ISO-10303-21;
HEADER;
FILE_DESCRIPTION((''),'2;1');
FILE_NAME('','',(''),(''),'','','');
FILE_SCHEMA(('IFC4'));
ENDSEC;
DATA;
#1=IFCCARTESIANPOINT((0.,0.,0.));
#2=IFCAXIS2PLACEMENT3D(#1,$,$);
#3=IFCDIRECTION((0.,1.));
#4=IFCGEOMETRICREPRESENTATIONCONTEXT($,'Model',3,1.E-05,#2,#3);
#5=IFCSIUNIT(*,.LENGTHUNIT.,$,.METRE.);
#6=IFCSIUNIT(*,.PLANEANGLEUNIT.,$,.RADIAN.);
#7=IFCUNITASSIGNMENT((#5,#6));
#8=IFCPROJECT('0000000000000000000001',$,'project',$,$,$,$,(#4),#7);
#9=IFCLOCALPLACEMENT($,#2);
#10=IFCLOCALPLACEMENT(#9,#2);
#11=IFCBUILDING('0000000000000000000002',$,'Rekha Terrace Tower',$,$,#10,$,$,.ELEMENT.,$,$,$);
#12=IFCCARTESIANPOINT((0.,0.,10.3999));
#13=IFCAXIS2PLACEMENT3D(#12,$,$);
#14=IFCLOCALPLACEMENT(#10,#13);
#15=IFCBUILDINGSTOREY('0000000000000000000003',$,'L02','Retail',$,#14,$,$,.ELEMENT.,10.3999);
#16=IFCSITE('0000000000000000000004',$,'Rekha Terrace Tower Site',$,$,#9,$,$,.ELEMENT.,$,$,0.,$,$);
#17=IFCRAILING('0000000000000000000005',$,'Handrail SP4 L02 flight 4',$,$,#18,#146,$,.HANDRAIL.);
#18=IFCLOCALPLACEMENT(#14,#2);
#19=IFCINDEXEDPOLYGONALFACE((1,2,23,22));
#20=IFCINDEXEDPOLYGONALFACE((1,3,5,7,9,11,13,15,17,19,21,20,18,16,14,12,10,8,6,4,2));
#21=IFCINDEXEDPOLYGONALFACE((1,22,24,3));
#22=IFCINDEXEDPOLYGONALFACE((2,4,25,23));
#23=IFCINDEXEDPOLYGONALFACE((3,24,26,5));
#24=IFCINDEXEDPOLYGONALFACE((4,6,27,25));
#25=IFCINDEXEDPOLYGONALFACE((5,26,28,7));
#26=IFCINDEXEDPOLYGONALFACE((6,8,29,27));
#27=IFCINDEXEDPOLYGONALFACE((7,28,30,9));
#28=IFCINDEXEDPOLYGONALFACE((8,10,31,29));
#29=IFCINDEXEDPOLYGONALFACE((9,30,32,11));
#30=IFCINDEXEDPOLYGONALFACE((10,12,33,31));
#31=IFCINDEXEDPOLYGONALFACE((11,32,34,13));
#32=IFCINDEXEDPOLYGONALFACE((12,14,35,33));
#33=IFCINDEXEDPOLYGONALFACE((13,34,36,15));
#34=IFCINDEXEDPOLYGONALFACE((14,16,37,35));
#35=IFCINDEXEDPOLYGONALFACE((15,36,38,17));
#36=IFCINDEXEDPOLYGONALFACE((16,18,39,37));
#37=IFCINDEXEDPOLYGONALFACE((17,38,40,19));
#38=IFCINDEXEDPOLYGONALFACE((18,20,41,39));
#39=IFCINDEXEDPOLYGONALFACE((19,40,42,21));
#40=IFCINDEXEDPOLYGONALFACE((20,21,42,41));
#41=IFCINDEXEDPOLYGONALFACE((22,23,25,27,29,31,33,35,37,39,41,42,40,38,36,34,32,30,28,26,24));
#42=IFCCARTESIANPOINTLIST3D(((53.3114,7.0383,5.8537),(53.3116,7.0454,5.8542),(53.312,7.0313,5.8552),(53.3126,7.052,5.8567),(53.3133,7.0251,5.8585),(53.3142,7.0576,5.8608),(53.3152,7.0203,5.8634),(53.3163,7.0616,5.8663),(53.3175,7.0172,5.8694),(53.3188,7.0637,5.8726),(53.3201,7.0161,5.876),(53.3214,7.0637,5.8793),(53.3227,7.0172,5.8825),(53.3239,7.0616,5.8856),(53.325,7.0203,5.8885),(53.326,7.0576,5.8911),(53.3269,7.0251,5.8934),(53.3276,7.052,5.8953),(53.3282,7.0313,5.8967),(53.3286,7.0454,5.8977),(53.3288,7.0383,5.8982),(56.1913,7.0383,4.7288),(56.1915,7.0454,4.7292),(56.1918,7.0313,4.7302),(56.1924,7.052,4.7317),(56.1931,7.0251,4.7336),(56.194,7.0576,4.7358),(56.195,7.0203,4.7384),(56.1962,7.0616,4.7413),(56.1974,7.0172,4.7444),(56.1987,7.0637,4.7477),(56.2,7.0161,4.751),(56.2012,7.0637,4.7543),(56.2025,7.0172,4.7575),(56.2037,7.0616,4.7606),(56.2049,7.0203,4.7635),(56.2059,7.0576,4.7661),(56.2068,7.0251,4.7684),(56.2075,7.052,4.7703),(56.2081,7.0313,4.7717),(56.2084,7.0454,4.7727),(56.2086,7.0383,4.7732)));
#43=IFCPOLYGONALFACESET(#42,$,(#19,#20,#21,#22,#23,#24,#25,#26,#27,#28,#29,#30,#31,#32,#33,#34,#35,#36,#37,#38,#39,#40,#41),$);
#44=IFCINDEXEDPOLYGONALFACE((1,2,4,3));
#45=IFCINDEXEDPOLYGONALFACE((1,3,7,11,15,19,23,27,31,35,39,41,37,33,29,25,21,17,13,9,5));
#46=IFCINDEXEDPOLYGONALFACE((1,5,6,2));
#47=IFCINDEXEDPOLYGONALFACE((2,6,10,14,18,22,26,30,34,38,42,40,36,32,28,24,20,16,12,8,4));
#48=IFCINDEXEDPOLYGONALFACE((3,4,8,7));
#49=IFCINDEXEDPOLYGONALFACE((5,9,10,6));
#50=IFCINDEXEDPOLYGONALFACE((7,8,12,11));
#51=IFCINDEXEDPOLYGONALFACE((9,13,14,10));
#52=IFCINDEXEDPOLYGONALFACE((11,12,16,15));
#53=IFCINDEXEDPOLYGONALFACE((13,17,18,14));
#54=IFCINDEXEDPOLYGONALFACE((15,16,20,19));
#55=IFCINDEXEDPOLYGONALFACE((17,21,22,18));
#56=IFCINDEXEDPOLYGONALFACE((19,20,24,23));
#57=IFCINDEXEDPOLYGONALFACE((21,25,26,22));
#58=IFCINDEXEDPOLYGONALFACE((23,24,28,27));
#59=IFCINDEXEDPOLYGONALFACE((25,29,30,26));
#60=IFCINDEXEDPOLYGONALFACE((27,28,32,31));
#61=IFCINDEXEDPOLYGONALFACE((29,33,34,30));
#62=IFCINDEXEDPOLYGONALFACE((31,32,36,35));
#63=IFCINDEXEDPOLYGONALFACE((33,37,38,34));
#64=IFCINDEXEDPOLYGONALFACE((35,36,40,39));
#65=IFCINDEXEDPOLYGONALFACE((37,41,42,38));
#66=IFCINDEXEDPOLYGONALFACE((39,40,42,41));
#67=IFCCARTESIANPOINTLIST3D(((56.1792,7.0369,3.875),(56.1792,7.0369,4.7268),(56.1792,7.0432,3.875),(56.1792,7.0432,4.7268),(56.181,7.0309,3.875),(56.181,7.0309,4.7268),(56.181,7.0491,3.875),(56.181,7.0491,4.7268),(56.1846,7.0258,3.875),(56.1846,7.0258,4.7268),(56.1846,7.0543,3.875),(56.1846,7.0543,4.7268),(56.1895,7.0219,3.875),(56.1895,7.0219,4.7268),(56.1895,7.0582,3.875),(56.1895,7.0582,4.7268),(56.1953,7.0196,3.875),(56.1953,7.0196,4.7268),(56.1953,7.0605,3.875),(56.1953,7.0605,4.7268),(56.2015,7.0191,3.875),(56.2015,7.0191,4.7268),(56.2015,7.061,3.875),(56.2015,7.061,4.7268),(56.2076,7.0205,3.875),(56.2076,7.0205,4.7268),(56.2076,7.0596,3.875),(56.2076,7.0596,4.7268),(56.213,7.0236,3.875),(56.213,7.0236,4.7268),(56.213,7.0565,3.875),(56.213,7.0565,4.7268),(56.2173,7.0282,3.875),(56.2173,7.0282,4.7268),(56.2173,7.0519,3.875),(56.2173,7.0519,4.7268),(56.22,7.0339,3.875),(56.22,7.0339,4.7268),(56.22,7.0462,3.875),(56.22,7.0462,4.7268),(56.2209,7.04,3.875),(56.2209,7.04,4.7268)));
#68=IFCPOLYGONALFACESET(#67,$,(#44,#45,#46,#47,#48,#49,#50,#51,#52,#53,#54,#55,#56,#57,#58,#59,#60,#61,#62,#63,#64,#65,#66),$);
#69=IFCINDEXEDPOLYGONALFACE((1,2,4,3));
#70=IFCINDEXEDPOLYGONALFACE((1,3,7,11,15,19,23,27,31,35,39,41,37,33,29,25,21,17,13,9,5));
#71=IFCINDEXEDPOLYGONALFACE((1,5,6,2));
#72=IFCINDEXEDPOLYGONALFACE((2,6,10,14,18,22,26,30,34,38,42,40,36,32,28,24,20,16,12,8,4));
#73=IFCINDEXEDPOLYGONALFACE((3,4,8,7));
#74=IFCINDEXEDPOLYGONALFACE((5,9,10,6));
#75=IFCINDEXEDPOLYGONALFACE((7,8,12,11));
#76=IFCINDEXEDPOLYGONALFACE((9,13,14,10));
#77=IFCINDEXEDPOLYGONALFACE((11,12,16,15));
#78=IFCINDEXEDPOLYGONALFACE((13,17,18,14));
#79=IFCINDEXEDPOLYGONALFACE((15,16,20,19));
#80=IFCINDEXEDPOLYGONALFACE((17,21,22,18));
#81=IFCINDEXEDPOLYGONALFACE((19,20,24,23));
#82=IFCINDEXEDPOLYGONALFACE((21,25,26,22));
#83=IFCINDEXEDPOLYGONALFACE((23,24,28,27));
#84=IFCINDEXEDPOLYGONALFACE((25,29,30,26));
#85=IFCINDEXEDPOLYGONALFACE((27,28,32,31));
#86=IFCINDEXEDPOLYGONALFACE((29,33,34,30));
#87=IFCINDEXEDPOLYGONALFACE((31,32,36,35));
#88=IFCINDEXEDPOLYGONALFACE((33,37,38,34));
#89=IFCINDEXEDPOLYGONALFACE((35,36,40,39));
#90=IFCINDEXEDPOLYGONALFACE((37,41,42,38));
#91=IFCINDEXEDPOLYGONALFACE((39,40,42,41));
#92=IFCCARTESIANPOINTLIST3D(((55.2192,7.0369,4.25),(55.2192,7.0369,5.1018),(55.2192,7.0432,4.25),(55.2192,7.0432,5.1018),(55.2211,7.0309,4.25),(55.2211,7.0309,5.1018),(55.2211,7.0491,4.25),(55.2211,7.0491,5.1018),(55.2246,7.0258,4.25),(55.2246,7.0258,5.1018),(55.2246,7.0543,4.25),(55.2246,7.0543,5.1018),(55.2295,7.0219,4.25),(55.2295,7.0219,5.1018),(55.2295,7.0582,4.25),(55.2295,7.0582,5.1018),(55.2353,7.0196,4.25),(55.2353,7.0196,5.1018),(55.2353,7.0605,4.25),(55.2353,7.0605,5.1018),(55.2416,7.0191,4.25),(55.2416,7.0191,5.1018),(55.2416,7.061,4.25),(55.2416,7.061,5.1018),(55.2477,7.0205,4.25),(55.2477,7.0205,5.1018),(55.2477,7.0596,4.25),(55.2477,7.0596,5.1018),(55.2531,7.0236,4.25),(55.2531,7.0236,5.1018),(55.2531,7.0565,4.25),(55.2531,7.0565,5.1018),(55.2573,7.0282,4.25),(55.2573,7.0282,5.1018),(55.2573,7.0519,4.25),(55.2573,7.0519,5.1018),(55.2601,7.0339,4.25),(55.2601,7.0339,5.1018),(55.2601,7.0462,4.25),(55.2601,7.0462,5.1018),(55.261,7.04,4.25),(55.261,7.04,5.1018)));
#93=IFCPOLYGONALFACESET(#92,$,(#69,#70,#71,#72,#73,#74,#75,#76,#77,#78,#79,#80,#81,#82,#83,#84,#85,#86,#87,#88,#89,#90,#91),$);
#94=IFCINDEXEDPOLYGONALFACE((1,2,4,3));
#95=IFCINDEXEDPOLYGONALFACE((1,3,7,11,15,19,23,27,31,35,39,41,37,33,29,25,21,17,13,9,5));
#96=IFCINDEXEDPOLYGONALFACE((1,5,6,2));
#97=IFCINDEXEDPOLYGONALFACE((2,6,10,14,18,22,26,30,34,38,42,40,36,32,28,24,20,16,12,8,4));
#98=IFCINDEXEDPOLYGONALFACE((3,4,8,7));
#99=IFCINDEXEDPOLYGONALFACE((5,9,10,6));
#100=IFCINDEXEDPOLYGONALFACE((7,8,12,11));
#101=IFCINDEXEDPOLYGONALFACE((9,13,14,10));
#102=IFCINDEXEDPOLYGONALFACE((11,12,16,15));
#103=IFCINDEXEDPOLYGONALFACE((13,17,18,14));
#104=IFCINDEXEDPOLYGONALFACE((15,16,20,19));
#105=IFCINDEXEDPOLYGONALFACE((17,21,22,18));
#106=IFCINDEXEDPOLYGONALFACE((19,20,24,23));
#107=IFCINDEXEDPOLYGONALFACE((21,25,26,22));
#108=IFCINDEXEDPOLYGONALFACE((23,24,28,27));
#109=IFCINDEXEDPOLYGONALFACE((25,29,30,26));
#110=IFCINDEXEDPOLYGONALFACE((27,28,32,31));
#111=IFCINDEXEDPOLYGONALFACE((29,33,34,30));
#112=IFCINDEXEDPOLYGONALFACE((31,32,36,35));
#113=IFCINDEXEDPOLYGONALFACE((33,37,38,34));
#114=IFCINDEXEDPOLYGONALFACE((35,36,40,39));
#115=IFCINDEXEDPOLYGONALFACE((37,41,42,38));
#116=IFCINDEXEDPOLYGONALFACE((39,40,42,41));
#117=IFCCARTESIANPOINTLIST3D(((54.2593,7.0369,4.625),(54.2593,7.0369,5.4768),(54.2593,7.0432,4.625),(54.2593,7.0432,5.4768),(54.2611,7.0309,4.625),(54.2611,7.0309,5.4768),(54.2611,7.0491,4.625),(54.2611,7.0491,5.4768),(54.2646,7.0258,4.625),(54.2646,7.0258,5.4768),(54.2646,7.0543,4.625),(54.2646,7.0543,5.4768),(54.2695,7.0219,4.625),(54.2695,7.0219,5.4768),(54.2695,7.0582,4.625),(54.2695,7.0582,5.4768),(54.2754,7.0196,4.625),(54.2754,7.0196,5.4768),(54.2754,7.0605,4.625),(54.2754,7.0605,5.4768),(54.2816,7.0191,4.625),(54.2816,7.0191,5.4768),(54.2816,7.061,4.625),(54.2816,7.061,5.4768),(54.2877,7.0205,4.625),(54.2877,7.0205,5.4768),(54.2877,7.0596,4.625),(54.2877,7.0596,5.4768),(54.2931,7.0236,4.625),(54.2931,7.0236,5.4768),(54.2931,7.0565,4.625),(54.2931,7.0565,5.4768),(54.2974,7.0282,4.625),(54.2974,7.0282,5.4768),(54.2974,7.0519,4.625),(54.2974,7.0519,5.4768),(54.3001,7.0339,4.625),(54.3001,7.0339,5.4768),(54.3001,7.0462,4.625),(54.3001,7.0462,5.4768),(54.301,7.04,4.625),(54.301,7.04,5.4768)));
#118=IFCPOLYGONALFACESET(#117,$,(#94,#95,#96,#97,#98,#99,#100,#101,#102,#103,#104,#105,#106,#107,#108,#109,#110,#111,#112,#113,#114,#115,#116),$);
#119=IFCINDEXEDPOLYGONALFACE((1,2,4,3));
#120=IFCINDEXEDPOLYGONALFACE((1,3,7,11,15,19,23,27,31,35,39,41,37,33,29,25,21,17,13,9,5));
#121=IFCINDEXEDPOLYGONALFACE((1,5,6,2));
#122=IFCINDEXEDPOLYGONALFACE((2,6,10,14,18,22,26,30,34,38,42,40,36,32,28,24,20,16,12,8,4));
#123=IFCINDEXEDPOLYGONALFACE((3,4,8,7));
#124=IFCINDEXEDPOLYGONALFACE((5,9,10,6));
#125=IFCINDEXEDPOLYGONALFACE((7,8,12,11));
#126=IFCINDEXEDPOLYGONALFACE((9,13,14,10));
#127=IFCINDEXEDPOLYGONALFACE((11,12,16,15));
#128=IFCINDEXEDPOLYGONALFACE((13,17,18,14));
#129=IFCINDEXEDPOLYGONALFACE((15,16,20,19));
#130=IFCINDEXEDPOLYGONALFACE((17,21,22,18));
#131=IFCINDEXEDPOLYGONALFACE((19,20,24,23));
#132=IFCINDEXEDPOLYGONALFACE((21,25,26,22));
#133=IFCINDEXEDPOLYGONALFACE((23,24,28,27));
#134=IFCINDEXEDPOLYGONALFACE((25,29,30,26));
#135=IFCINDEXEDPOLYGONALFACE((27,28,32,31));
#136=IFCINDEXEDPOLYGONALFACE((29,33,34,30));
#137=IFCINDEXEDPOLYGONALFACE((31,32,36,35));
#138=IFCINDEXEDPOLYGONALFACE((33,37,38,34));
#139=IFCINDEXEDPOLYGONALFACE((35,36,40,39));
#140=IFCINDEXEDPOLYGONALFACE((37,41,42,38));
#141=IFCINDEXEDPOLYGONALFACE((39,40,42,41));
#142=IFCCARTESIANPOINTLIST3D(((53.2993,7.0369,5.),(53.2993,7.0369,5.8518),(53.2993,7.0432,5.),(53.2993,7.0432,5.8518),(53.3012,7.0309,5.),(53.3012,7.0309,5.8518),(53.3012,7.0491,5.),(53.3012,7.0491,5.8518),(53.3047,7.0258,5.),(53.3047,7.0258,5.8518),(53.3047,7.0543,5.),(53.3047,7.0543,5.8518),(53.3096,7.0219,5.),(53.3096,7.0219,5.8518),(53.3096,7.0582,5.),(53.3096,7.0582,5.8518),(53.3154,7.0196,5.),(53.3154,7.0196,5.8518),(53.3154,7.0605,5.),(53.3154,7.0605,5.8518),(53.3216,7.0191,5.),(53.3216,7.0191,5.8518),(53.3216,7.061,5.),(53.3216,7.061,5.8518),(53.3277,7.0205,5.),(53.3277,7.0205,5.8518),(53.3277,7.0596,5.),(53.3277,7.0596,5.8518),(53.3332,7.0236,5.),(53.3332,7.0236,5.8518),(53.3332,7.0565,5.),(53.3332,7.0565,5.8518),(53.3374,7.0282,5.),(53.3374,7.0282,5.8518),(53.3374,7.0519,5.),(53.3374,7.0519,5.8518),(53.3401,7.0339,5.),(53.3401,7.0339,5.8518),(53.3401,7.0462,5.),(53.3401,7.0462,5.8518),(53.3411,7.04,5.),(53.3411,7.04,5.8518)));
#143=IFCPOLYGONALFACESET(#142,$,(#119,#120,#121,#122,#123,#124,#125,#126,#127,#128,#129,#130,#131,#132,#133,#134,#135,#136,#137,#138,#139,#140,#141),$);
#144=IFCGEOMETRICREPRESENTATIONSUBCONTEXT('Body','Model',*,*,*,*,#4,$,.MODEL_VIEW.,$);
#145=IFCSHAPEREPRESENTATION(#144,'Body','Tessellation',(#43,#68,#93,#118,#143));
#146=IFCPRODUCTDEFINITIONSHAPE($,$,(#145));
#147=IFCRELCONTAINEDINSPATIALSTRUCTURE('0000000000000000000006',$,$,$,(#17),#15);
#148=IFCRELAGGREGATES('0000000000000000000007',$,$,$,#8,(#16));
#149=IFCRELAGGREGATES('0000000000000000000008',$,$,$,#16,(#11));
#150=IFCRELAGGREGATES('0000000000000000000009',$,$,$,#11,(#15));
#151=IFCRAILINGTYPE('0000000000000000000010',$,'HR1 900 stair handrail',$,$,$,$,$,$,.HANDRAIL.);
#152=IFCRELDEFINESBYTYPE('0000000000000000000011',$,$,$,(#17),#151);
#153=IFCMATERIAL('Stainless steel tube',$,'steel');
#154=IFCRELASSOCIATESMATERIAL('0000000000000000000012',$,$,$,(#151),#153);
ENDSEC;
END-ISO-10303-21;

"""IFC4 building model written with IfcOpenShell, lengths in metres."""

from ifc_helpers import new_model, si_unit, direction, frame, origin, origin_2d, place, context, subcontext, project, spatial, circle, extrude, material, type_object, element, save


model = new_model("IFC4")

# Units and contexts
model_context = context("Model", 3, precision=1e-05, world=origin(), true_north=direction((0.0, 1.0)))
body_context = subcontext(model_context, "Body", "Model", "MODEL_VIEW")
ifc_project = project(units=[si_unit("LENGTHUNIT", "METRE"), si_unit("PLANEANGLEUNIT", "RADIAN")], contexts=[model_context])

# Site, building, storey
site_placement = place(None, origin())
site = spatial("IfcSite", under=ifc_project, at=site_placement, Name="Rekha Terrace Tower Site", CompositionType="ELEMENT", RefElevation=0.0)
building_placement = place(site_placement, origin())
building = spatial("IfcBuilding", under=site, at=building_placement, Name="Rekha Terrace Tower", CompositionType="ELEMENT")
storey_placement = place(building_placement, frame((0.0, 0.0, 10.3999)))
storey = spatial("IfcBuildingStorey", under=building, at=storey_placement, Name="L02", Description="Retail", CompositionType="ELEMENT", Elevation=10.3999)

# Railing
ifc_material_1 = material(Name="Stainless steel tube", Category="steel")
railing_type_1 = type_object("IfcRailingType", Name="HR1 900 stair handrail", PredefinedType="HANDRAIL", material=ifc_material_1)
railing_1_placement = place(storey_placement, frame((56.2, 7.04, 3.875)))
element("IfcRailing", 1, at=railing_1_placement, inside=storey, type_object=railing_type_1, Name="Handrail SP4 L02 flight 4", PredefinedType="HANDRAIL", context=body_context, shape_type="SweptSolid", body=[
    extrude(circle(Radius=0.0239, at=origin_2d()), frame((0.0, 0.0, 0.876), z_axis=(-0.931452, 0.0, 0.363863), x_axis=(0.0, -1.0, 0.0)), (0.0, 0.0, 1.0), 3.0918),
    extrude(circle(Radius=0.021, at=origin_2d()), origin(), (0.0, 0.0, 1.0), 0.8518),
    extrude(circle(Radius=0.021, at=origin_2d()), frame((-0.96, 0.0, 0.375)), (0.0, 0.0, 1.0), 0.8518),
    extrude(circle(Radius=0.021, at=origin_2d()), frame((-1.9199, 0.0, 0.75)), (0.0, 0.0, 1.0), 0.8518),
    extrude(circle(Radius=0.021, at=origin_2d()), frame((-2.8799, 0.0, 1.125)), (0.0, 0.0, 1.0), 0.8518),
])

save(model, "model.ifc")
